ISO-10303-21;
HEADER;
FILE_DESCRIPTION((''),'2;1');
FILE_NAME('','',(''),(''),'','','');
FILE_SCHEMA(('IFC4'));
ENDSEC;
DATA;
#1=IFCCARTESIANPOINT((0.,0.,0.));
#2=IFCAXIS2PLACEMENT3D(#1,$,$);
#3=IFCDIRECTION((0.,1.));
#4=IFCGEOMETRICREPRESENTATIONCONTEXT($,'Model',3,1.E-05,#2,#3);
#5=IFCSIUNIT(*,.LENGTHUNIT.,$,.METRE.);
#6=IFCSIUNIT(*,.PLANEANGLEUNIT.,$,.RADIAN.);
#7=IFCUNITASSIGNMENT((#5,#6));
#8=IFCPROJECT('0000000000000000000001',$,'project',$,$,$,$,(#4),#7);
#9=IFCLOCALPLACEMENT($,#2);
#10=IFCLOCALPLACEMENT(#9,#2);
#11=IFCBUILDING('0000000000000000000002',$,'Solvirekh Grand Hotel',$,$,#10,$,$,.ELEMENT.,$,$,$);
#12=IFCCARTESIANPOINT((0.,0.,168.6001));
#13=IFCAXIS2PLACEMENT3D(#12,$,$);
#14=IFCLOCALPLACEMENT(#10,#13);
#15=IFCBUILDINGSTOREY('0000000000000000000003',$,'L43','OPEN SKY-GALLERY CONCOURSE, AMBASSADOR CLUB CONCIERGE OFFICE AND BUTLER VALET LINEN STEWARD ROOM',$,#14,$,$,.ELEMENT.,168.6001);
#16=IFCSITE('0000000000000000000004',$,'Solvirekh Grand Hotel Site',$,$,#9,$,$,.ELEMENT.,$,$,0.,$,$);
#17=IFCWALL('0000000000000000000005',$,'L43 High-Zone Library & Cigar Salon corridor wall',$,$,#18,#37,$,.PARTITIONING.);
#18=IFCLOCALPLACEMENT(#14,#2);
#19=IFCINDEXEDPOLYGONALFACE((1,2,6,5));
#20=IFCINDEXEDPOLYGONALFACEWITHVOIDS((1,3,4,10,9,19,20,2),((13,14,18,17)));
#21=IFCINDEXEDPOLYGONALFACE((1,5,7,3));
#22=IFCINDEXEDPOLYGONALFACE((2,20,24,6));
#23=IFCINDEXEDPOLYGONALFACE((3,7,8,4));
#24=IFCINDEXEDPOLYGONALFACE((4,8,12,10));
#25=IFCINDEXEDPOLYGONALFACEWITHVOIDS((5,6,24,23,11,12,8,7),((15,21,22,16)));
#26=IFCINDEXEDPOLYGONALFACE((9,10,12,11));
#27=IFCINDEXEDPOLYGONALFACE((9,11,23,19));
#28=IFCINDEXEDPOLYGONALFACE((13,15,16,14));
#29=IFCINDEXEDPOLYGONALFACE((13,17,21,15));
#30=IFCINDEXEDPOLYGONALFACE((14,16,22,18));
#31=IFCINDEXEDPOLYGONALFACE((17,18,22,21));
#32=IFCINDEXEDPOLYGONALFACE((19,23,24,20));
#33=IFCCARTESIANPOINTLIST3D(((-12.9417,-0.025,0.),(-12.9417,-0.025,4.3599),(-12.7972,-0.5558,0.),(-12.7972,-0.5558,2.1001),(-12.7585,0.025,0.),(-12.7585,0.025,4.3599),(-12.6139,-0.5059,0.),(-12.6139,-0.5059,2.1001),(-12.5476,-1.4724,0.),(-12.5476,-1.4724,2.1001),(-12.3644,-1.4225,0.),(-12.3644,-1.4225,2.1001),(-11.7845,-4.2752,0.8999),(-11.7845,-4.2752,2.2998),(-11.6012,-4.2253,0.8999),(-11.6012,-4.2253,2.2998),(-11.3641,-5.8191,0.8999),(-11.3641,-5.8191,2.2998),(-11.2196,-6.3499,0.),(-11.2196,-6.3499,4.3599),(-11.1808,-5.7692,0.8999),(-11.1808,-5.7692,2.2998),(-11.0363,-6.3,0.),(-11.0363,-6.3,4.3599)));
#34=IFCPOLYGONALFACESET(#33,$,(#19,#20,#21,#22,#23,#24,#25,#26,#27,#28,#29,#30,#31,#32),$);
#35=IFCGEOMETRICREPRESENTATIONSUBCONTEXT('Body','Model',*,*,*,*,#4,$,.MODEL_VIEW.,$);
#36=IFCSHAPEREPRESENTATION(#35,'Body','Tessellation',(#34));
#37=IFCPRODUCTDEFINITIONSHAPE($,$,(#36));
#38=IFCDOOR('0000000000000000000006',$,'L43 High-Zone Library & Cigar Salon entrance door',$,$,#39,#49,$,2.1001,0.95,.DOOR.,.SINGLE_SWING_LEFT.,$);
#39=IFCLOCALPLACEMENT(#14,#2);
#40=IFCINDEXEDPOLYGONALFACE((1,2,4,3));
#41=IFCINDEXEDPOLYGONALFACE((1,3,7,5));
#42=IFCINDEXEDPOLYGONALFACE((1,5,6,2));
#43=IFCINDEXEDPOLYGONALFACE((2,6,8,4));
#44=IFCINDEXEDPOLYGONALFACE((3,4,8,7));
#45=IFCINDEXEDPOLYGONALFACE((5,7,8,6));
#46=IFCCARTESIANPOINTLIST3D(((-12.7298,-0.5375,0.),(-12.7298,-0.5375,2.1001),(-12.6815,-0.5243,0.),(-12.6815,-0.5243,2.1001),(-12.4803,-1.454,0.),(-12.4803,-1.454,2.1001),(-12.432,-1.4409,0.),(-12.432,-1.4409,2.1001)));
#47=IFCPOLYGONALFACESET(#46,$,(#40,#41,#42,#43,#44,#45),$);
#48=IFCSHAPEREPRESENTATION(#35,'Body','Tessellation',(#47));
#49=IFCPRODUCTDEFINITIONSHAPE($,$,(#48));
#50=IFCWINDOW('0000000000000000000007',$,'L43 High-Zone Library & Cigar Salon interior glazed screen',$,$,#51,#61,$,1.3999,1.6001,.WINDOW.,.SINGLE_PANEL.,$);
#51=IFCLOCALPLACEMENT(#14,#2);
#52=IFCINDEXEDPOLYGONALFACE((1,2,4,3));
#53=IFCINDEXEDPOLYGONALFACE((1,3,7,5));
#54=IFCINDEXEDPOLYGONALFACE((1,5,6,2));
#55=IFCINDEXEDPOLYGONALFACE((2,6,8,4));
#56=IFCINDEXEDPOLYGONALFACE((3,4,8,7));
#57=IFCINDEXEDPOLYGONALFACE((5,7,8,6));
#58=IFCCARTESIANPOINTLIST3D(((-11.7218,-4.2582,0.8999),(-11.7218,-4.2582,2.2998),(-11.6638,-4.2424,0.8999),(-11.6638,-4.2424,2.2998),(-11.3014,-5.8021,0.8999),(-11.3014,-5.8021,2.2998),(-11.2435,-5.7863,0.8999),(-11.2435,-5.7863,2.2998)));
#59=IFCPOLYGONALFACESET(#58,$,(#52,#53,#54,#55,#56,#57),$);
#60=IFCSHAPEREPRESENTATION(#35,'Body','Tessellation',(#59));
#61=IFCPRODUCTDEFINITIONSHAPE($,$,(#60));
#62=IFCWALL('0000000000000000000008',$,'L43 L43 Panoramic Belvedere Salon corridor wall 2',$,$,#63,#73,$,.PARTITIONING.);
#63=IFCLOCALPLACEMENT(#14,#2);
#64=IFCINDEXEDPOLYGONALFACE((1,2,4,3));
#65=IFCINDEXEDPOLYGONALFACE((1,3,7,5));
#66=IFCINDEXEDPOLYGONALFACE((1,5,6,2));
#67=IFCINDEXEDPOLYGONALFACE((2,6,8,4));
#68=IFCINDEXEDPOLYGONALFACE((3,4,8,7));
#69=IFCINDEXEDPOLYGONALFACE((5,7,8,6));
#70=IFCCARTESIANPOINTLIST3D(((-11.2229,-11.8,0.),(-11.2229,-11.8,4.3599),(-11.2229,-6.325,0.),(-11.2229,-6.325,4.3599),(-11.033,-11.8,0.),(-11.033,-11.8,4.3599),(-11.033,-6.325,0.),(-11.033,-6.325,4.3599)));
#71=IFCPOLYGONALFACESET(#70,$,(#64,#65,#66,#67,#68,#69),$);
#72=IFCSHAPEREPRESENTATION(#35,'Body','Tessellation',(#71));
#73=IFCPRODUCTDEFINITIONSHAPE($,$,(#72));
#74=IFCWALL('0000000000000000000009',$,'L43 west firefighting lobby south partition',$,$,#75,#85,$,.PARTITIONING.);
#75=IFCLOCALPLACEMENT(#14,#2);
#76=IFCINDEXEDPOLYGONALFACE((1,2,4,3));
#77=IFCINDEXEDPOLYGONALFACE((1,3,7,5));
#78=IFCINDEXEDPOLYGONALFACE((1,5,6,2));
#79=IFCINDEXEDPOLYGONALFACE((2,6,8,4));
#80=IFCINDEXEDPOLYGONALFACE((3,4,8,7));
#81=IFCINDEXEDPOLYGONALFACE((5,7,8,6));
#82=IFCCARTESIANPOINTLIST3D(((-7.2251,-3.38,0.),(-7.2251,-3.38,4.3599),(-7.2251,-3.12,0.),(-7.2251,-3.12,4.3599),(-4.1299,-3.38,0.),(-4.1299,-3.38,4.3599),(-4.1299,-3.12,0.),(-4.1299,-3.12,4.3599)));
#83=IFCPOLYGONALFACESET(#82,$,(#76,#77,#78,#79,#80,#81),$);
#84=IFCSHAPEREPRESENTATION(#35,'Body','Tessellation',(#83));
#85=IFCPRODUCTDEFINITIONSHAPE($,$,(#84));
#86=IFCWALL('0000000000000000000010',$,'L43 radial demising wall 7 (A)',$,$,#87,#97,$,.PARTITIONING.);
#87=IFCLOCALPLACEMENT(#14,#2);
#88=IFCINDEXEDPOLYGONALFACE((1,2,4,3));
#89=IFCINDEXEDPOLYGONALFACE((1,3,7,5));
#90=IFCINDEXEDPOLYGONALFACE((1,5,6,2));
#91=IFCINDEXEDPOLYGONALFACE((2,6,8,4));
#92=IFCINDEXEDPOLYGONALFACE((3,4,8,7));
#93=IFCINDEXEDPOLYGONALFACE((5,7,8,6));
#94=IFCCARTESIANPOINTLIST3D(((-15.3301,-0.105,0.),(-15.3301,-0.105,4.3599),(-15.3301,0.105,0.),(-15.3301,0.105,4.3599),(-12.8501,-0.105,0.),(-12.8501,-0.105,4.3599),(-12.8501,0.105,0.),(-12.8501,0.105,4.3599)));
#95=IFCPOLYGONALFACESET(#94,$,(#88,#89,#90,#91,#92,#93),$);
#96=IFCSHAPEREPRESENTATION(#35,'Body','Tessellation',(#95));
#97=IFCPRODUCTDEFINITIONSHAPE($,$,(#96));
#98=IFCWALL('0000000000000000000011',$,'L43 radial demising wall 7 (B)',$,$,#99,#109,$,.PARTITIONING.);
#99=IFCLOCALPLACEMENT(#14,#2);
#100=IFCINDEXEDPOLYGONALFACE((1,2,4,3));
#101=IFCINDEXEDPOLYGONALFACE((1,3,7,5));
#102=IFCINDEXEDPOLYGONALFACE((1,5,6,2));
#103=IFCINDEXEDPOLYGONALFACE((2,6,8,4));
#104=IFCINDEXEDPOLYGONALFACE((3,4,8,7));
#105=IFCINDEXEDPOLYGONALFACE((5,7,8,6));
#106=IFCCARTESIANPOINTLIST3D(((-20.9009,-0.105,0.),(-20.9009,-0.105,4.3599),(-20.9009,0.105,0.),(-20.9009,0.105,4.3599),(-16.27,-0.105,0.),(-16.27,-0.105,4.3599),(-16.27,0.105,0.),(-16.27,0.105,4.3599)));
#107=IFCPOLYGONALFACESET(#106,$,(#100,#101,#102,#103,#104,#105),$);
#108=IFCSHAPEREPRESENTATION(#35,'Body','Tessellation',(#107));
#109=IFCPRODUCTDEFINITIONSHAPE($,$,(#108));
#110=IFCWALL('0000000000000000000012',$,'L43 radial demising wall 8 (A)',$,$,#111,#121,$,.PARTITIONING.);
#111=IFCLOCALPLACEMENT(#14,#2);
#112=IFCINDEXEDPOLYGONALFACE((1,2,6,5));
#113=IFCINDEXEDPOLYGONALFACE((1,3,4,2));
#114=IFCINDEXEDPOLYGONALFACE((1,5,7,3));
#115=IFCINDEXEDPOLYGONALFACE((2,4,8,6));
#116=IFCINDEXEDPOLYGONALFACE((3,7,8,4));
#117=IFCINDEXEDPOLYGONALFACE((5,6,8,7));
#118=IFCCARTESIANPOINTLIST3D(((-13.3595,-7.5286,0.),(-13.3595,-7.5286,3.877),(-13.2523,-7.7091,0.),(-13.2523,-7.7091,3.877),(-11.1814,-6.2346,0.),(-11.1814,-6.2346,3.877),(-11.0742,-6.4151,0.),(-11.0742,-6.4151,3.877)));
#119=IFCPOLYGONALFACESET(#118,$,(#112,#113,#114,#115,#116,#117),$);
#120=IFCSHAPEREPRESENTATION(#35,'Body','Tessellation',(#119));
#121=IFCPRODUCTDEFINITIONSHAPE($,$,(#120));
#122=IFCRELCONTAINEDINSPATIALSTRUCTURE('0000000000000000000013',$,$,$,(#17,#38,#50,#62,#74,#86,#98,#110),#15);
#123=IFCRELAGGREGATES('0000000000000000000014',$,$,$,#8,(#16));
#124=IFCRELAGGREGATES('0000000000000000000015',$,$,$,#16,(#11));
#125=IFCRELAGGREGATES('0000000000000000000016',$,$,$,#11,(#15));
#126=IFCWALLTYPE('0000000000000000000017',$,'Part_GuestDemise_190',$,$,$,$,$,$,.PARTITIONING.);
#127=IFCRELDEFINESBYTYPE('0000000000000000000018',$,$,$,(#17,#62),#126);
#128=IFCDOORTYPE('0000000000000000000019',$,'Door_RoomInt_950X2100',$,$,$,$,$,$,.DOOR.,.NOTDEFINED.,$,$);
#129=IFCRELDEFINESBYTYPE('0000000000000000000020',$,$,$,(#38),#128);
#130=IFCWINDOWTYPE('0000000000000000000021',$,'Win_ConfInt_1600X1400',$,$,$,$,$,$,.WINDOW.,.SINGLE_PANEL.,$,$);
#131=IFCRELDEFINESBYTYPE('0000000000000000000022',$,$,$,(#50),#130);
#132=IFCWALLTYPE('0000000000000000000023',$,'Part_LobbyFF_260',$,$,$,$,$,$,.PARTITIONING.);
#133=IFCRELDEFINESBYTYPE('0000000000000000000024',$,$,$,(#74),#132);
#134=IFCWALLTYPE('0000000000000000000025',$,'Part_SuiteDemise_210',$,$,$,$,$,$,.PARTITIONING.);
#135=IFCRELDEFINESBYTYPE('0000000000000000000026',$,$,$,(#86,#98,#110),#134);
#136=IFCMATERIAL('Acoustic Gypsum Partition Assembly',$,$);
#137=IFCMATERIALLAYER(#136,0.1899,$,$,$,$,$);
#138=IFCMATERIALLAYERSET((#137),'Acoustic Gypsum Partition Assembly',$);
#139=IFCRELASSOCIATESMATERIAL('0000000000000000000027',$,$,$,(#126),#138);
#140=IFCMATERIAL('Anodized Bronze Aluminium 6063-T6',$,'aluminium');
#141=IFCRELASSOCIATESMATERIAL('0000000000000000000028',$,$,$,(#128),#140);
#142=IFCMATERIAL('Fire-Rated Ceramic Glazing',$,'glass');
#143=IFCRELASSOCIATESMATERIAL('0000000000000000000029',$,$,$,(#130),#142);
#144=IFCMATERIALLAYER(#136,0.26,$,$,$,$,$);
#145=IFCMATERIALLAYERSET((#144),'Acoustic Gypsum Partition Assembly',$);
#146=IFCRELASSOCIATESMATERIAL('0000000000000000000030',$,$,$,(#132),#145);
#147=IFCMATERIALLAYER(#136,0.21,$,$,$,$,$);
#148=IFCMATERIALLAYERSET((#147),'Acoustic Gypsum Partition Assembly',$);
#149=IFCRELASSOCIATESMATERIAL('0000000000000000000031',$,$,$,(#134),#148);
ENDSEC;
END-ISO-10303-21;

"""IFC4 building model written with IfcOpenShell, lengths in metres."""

from ifc_helpers import new_model, si_unit, direction, frame, frame_2d, origin, place, context, subcontext, project, spatial, rectangle, extrude, material, layer, layer_set, type_object, element, fill, save


model = new_model("IFC4")

# Units and contexts
model_context = context("Model", 3, precision=1e-05, world=origin(), true_north=direction((0.0, 1.0)))
body_context = subcontext(model_context, "Body", "Model", "MODEL_VIEW")
ifc_project = project(units=[si_unit("LENGTHUNIT", "METRE"), si_unit("PLANEANGLEUNIT", "RADIAN")], contexts=[model_context])

# Site, building, storey
site_placement = place(None, origin())
site = spatial("IfcSite", under=ifc_project, at=site_placement, Name="Solvirekh Grand Hotel Site", CompositionType="ELEMENT", RefElevation=0.0)
building_placement = place(site_placement, origin())
building = spatial("IfcBuilding", under=site, at=building_placement, Name="Solvirekh Grand Hotel", CompositionType="ELEMENT")
storey_placement = place(building_placement, frame((0.0, 0.0, 168.6001)))
storey = spatial("IfcBuildingStorey", under=building, at=storey_placement, Name="L43", Description="OPEN SKY-GALLERY CONCOURSE, AMBASSADOR CLUB CONCIERGE OFFICE AND BUTLER VALET LINEN STEWARD ROOM", CompositionType="ELEMENT", Elevation=168.6001)

# Shared definitions
ifc_material_1 = material(Name="Anodized Bronze Aluminium 6063-T6", Category="aluminium")

# Shared definitions
ifc_material_2 = material(Name="Acoustic Gypsum Partition Assembly")

# Wall, openings, door, window
ifc_layer_1 = layer(ifc_material_2, 0.1899)
ifc_layer_set_1 = layer_set([ifc_layer_1], Name="Acoustic Gypsum Partition Assembly")
wall_type_1 = type_object("IfcWallType", Name="Part_GuestDemise_190", PredefinedType="PARTITIONING", material=ifc_layer_set_1)
wall_1_placement = place(storey_placement, frame((-12.8501, 0.0, 0.0), z_axis=(0.0, 0.0, 1.0), x_axis=(0.262717, -0.964873, 0.0)))
wall_1 = element("IfcWall", 1, at=wall_1_placement, inside=storey, type_object=wall_type_1, Name="L43 High-Zone Library & Cigar Salon corridor wall", PredefinedType="PARTITIONING", context=body_context, shape_type="SweptSolid", body=[
    extrude(rectangle(XDim=6.5552, YDim=0.1899, at=frame_2d((3.2776, 0.0))), origin(), (0.0, 0.0, 1.0), 4.3599),
])
opening_1_placement = place(wall_1_placement, frame((0.55, 0.0, 0.0)))
opening_1 = element("IfcOpeningElement", 2, at=opening_1_placement, cuts=wall_1, PredefinedType="OPENING", context=body_context, shape_type="SweptSolid", body=[
    extrude(rectangle(XDim=0.95, YDim=2.1001, at=frame_2d((0.4751, 1.05))), frame((0.0, 0.105, 0.0), z_axis=(0.0, -1.0, 0.0), x_axis=(1.0, 0.0, 0.0)), (0.0, 0.0, 1.0), 0.21),
])
opening_2_placement = place(wall_1_placement, frame((4.405, 0.0, 0.8999)))
opening_2 = element("IfcOpeningElement", 3, at=opening_2_placement, cuts=wall_1, PredefinedType="OPENING", context=body_context, shape_type="SweptSolid", body=[
    extrude(rectangle(XDim=1.6001, YDim=1.3999, at=frame_2d((0.8, 0.7))), frame((0.0, 0.105, 0.0), z_axis=(0.0, -1.0, 0.0), x_axis=(1.0, 0.0, 0.0)), (0.0, 0.0, 1.0), 0.21),
])
door_type_1 = type_object("IfcDoorType", Name="Door_RoomInt_950X2100", OperationType="NOTDEFINED", PredefinedType="DOOR", material=ifc_material_1)
door_1_placement = place(opening_1_placement, origin())
door_1 = element("IfcDoor", 4, at=door_1_placement, inside=storey, type_object=door_type_1, Name="L43 High-Zone Library & Cigar Salon entrance door", OperationType="SINGLE_SWING_LEFT", OverallHeight=2.1001, OverallWidth=0.95, PredefinedType="DOOR", context=body_context, shape_type="SweptSolid", body=[
    extrude(rectangle(XDim=0.95, YDim=2.1001, at=frame_2d((0.4751, 1.05))), frame((0.0, 0.0249, 0.0), z_axis=(0.0, -1.0, 0.0), x_axis=(1.0, 0.0, 0.0)), (0.0, 0.0, 1.0), 0.05),
])
fill(opening_1, door_1)
ifc_material_3 = material(Name="Fire-Rated Ceramic Glazing", Category="glass")
window_type_1 = type_object("IfcWindowType", Name="Win_ConfInt_1600X1400", PartitioningType="SINGLE_PANEL", PredefinedType="WINDOW", material=ifc_material_3)
window_1_placement = place(opening_2_placement, origin())
window_1 = element("IfcWindow", 5, at=window_1_placement, inside=storey, type_object=window_type_1, Name="L43 High-Zone Library & Cigar Salon interior glazed screen", OverallHeight=1.3999, OverallWidth=1.6001, PartitioningType="SINGLE_PANEL", PredefinedType="WINDOW", context=body_context, shape_type="SweptSolid", body=[
    extrude(rectangle(XDim=1.6001, YDim=1.3999, at=frame_2d((0.8, 0.7))), frame((0.0, 0.03, 0.0), z_axis=(0.0, -1.0, 0.0), x_axis=(1.0, 0.0, 0.0)), (0.0, 0.0, 1.0), 0.0601),
])
fill(opening_2, window_1)

# Walls
wall_2_placement = place(storey_placement, frame((-11.1279, -6.325, 0.0), z_axis=(0.0, 0.0, 1.0), x_axis=(0.0, -1.0, 0.0)))
element("IfcWall", 6, at=wall_2_placement, inside=storey, type_object=wall_type_1, Name="L43 L43 Panoramic Belvedere Salon corridor wall 2", PredefinedType="PARTITIONING", context=body_context, shape_type="SweptSolid", body=[
    extrude(rectangle(XDim=5.4751, YDim=0.1899, at=frame_2d((2.7375, 0.0))), origin(), (0.0, 0.0, 1.0), 4.3599),
])
ifc_layer_2 = layer(ifc_material_2, 0.26)
ifc_layer_set_2 = layer_set([ifc_layer_2], Name="Acoustic Gypsum Partition Assembly")
wall_type_2 = type_object("IfcWallType", Name="Part_LobbyFF_260", PredefinedType="PARTITIONING", material=ifc_layer_set_2)
wall_3_placement = place(storey_placement, frame((-7.2251, -3.25, 0.0), z_axis=(0.0, 0.0, 1.0), x_axis=(1.0, 0.0, 0.0)))
element("IfcWall", 7, at=wall_3_placement, inside=storey, type_object=wall_type_2, Name="L43 west firefighting lobby south partition", PredefinedType="PARTITIONING", context=body_context, shape_type="SweptSolid", body=[
    extrude(rectangle(XDim=3.0952, YDim=0.26, at=frame_2d((1.5476, 0.0))), origin(), (0.0, 0.0, 1.0), 4.3599),
])
ifc_layer_3 = layer(ifc_material_2, 0.21)
ifc_layer_set_3 = layer_set([ifc_layer_3], Name="Acoustic Gypsum Partition Assembly")
wall_type_3 = type_object("IfcWallType", Name="Part_SuiteDemise_210", PredefinedType="PARTITIONING", material=ifc_layer_set_3)
wall_4_placement = place(storey_placement, frame((-12.8501, 0.0, 0.0), z_axis=(0.0, 0.0, 1.0), x_axis=(-1.0, 0.0, 0.0)))
element("IfcWall", 8, at=wall_4_placement, inside=storey, type_object=wall_type_3, Name="L43 radial demising wall 7 (A)", PredefinedType="PARTITIONING", context=body_context, shape_type="SweptSolid", body=[
    extrude(rectangle(XDim=2.48, YDim=0.21, at=frame_2d((1.24, 0.0))), origin(), (0.0, 0.0, 1.0), 4.3599),
])
wall_5_placement = place(storey_placement, frame((-16.27, 0.0, 0.0), z_axis=(0.0, 0.0, 1.0), x_axis=(-1.0, 0.0, 0.0)))
element("IfcWall", 9, at=wall_5_placement, inside=storey, type_object=wall_type_3, Name="L43 radial demising wall 7 (B)", PredefinedType="PARTITIONING", context=body_context, shape_type="SweptSolid", body=[
    extrude(rectangle(XDim=4.6309, YDim=0.21, at=frame_2d((2.3154, 0.0))), origin(), (0.0, 0.0, 1.0), 4.3599),
])
wall_6_placement = place(storey_placement, frame((-11.1279, -6.325, 0.0), z_axis=(0.0, 0.0, 1.0), x_axis=(-0.859721, -0.510764, 0.0)))
element("IfcWall", 10, at=wall_6_placement, inside=storey, type_object=wall_type_3, Name="L43 radial demising wall 8 (A)", PredefinedType="PARTITIONING", context=body_context, shape_type="SweptSolid", body=[
    extrude(rectangle(XDim=2.5334, YDim=0.21, at=frame_2d((1.2666, 0.0))), origin(), (0.0, 0.0, 1.0), 3.877),
])

save(model, "model.ifc")
